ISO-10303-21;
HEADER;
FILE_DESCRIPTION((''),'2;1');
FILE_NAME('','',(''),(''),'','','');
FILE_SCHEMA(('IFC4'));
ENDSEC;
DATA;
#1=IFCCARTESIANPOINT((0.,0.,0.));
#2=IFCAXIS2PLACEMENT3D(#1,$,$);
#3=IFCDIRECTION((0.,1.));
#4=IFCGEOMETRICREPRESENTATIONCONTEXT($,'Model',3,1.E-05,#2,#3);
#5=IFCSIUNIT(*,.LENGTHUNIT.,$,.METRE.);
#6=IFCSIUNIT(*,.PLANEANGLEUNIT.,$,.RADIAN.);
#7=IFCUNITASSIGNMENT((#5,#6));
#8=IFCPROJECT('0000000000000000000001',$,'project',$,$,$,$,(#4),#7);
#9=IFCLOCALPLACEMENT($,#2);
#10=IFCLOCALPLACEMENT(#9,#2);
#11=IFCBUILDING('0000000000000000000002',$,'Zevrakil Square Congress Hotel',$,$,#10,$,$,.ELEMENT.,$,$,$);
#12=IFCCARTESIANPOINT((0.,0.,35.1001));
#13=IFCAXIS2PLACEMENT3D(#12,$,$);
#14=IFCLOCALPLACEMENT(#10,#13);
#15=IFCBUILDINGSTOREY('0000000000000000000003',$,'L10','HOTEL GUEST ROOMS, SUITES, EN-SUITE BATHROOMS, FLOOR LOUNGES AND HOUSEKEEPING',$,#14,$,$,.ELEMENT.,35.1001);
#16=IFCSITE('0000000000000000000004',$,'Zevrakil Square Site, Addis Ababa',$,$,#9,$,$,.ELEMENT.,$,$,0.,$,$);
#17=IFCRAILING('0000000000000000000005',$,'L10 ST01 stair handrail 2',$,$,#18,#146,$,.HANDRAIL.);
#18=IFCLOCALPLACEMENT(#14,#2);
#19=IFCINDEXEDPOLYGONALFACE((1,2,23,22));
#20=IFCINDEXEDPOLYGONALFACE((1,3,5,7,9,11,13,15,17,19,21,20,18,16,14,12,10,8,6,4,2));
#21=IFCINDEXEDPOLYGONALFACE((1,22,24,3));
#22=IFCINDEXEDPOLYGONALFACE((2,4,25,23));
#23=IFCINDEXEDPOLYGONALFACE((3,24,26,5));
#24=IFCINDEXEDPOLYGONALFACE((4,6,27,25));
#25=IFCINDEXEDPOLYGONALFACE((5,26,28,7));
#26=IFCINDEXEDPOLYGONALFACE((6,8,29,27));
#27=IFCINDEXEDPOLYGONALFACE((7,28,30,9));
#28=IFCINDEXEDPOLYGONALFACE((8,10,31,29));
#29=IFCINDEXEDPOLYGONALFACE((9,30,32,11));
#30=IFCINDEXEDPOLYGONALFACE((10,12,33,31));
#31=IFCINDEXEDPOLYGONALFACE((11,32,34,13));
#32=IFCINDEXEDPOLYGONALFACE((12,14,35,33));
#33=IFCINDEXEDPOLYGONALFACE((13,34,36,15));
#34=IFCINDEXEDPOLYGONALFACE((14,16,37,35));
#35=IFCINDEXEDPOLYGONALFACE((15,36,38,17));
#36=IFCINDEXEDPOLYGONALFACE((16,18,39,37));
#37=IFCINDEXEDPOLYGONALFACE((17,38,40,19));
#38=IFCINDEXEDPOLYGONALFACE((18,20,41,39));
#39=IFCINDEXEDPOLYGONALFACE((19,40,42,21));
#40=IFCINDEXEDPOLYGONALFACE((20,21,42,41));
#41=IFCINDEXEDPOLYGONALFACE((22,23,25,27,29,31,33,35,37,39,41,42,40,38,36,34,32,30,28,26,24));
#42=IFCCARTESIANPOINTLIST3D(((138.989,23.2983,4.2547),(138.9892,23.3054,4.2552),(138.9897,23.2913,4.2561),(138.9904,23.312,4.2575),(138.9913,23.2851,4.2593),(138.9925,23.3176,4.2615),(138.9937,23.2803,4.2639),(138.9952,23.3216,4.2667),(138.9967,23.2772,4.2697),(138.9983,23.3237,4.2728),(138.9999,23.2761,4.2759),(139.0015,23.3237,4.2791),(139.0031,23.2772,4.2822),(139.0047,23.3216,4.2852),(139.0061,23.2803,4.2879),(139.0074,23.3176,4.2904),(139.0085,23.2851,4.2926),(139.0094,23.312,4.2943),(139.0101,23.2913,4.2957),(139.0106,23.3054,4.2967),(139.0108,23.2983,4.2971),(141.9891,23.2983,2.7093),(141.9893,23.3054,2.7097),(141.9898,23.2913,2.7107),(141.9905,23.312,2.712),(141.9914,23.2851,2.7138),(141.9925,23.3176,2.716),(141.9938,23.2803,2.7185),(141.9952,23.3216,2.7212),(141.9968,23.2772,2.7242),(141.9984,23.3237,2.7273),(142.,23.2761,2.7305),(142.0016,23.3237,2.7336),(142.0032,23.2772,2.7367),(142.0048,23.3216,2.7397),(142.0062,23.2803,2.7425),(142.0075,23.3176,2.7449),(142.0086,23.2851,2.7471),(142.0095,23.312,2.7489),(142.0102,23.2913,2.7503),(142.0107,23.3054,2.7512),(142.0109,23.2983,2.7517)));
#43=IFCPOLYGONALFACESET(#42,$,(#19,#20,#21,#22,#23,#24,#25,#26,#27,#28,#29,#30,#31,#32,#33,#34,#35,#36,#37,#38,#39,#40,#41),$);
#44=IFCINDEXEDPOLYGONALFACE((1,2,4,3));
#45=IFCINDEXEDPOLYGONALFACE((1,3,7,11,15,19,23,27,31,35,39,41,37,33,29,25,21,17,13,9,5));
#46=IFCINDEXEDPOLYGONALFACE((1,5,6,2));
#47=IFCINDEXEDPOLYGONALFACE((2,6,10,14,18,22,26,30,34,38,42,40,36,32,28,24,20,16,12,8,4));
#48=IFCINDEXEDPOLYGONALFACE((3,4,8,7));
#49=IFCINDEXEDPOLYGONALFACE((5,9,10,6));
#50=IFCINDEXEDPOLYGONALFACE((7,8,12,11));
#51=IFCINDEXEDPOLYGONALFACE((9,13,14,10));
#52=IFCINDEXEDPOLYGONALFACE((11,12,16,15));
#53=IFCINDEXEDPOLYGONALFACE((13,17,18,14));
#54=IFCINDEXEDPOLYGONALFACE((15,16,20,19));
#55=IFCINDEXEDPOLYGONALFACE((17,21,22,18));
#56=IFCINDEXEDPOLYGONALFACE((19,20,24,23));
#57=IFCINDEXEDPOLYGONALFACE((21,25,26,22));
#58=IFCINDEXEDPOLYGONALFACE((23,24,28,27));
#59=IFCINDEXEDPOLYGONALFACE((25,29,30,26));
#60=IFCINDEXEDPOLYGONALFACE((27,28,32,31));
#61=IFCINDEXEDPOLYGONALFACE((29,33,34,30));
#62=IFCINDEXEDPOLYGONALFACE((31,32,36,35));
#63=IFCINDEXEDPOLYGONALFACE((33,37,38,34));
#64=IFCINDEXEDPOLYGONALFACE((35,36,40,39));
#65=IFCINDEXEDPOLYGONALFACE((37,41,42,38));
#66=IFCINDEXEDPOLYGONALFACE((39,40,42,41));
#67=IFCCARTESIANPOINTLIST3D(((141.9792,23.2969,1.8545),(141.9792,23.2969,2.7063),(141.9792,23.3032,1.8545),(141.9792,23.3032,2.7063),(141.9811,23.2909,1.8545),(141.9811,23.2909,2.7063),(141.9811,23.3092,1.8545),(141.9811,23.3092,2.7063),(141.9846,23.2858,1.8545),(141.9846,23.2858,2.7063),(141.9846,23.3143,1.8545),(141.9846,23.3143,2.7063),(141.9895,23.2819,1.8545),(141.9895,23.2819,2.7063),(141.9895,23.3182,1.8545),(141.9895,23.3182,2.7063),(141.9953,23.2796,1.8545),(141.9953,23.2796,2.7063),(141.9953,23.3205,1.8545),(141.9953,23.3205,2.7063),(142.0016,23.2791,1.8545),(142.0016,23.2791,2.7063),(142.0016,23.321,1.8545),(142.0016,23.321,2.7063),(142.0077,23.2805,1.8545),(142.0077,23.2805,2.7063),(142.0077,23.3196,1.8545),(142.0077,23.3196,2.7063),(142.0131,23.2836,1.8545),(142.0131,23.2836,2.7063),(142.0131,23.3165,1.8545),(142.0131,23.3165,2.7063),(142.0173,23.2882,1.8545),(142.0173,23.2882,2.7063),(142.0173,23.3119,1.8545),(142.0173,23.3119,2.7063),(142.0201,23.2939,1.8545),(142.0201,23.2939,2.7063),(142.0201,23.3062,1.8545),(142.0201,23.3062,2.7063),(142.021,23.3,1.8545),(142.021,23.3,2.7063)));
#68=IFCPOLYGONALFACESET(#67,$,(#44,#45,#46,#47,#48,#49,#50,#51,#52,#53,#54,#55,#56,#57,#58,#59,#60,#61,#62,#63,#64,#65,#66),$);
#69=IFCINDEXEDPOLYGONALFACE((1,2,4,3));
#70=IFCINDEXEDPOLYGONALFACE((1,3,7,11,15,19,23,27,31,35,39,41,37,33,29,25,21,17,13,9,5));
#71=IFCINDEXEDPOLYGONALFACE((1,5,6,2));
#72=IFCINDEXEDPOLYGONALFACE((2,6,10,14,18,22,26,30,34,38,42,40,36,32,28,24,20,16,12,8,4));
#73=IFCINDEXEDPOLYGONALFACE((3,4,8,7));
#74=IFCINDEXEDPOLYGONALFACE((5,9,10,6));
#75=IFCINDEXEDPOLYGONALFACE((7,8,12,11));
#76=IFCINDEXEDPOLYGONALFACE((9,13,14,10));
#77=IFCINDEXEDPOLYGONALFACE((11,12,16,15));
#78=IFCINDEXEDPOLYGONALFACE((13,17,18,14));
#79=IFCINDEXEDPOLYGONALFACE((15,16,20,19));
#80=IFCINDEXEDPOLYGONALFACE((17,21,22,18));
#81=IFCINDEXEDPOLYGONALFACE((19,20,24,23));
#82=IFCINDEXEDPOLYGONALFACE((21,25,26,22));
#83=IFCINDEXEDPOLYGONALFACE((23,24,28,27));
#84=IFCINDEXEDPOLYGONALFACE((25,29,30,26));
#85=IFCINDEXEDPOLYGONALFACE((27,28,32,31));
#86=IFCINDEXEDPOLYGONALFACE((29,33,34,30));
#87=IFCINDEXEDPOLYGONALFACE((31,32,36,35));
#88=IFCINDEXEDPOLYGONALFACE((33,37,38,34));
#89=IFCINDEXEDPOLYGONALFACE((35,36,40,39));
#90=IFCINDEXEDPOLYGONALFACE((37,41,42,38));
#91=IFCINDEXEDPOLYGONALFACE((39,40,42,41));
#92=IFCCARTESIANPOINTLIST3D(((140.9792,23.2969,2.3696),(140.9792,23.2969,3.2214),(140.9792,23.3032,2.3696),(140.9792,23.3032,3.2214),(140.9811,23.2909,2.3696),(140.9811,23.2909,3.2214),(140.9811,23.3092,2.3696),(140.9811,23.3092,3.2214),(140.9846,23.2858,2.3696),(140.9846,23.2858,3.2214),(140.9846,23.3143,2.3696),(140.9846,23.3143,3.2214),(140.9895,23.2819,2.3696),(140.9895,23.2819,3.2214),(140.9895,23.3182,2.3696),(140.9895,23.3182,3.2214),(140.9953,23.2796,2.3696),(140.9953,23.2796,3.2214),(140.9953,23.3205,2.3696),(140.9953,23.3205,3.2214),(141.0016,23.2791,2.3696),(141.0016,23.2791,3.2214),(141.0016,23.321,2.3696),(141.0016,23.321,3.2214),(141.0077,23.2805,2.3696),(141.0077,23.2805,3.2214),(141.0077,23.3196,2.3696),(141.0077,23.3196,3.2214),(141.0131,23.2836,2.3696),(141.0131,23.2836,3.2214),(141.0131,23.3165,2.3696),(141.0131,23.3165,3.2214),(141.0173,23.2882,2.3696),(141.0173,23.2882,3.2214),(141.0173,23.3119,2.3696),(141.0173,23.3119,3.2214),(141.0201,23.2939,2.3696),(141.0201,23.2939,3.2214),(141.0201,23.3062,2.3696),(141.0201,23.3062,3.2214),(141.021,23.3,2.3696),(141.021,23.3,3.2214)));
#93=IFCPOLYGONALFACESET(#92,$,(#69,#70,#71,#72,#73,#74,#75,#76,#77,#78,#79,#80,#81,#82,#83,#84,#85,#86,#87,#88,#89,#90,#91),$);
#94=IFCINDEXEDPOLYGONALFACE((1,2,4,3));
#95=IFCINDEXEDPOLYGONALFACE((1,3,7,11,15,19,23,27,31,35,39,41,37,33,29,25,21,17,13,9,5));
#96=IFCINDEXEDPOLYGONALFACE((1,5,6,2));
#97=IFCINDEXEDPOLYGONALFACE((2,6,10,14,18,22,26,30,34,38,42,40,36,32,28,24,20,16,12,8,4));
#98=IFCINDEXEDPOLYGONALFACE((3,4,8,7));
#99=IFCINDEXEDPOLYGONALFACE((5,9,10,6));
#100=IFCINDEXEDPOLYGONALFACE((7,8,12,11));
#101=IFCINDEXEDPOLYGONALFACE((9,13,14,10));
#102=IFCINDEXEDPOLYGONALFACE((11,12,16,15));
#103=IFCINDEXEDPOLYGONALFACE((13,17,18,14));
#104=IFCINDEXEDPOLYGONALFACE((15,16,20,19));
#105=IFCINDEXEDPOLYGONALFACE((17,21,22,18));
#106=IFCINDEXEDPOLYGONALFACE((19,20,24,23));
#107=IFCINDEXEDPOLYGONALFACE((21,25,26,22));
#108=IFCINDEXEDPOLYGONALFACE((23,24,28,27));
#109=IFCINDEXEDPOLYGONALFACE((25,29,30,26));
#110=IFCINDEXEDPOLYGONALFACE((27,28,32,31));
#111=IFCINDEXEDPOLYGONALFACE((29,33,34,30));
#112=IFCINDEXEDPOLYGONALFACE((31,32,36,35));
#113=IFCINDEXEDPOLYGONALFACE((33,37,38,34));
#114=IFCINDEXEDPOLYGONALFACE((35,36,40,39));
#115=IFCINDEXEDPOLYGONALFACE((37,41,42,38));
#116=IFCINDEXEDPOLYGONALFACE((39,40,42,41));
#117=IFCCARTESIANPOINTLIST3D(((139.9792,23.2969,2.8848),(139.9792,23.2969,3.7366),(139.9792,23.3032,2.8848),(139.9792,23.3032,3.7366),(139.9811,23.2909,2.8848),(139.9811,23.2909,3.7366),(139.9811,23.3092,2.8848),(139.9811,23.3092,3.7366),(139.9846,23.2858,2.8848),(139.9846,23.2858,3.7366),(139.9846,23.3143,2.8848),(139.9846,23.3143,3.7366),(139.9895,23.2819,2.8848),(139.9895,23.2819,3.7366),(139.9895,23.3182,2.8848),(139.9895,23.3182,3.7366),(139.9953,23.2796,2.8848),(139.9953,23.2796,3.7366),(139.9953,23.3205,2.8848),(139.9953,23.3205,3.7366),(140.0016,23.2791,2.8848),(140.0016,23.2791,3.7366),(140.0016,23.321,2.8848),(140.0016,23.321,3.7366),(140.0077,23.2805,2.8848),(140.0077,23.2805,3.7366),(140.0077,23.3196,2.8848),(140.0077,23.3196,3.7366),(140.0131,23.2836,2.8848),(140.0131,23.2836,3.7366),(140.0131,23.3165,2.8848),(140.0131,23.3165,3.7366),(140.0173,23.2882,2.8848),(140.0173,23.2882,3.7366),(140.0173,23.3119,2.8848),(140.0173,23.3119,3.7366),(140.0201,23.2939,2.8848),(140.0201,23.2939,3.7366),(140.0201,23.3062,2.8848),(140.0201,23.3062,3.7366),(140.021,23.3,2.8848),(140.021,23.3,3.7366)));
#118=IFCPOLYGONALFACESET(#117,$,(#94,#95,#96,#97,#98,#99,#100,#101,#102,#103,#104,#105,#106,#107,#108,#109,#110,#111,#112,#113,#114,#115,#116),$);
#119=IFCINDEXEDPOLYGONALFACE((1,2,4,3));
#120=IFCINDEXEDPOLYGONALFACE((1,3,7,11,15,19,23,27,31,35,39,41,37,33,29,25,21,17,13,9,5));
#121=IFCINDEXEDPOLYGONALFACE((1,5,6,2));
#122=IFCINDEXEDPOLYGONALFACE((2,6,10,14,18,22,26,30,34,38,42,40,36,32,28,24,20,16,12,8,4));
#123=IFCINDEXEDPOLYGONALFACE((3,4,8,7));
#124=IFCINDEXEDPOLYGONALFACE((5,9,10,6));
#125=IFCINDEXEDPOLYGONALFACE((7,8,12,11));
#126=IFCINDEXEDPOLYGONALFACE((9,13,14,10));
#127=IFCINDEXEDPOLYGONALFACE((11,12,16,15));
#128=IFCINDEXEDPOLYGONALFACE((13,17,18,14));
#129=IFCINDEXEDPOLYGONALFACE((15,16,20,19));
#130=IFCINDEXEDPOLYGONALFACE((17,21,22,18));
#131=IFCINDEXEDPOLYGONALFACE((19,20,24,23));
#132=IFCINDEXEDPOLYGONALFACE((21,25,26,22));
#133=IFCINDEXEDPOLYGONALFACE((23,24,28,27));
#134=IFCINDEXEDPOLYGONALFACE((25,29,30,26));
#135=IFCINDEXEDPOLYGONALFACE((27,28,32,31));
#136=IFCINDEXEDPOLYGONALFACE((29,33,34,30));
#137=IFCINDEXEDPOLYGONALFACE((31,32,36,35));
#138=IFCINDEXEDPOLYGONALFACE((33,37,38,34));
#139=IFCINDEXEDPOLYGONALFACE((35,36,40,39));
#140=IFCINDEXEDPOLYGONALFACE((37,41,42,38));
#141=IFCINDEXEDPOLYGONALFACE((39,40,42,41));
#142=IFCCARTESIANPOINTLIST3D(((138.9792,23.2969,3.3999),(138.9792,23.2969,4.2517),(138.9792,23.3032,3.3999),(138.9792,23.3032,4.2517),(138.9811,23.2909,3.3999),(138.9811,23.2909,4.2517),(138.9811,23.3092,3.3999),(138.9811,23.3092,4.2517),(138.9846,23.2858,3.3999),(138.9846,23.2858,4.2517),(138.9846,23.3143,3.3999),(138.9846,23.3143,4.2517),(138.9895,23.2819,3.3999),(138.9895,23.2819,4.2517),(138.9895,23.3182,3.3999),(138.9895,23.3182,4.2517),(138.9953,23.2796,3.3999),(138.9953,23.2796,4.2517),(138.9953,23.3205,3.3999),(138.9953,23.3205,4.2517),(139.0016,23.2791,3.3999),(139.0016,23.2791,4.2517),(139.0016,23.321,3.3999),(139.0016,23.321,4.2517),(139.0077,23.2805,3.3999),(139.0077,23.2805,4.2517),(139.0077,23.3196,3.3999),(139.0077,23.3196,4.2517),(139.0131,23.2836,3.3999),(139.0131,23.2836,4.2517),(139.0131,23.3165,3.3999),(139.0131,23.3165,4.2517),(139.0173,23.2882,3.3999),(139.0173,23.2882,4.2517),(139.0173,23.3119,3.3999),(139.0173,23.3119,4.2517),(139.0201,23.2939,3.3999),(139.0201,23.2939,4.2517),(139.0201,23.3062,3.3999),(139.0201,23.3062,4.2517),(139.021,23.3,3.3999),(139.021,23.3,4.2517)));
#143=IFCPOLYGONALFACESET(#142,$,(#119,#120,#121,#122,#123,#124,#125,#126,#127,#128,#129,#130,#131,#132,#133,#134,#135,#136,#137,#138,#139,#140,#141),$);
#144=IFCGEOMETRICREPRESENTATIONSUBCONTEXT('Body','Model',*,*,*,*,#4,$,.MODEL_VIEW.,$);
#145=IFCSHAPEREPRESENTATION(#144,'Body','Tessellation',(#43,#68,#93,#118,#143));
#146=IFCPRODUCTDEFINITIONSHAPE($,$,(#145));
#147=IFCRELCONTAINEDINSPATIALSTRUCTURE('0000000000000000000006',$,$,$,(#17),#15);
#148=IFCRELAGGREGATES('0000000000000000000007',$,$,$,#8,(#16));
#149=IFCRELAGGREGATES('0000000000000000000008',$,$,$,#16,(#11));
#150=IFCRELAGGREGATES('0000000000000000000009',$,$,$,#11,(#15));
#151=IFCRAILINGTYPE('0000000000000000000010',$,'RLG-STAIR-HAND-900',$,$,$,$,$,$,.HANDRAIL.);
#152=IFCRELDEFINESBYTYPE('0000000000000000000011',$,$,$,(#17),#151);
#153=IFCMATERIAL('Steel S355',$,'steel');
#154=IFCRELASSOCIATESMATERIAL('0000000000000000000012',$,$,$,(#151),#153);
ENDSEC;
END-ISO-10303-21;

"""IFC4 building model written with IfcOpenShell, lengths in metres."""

from ifc_helpers import new_model, si_unit, direction, frame, origin, origin_2d, place, context, subcontext, project, spatial, circle, extrude, material, type_object, element, save


model = new_model("IFC4")

# Units and contexts
model_context = context("Model", 3, precision=1e-05, world=origin(), true_north=direction((0.0, 1.0)))
body_context = subcontext(model_context, "Body", "Model", "MODEL_VIEW")
ifc_project = project(units=[si_unit("LENGTHUNIT", "METRE"), si_unit("PLANEANGLEUNIT", "RADIAN")], contexts=[model_context])

# Site, building, storey
site_placement = place(None, origin())
site = spatial("IfcSite", under=ifc_project, at=site_placement, Name="Zevrakil Square Site, Addis Ababa", CompositionType="ELEMENT", RefElevation=0.0)
building_placement = place(site_placement, origin())
building = spatial("IfcBuilding", under=site, at=building_placement, Name="Zevrakil Square Congress Hotel", CompositionType="ELEMENT")
storey_placement = place(building_placement, frame((0.0, 0.0, 35.1001)))
storey = spatial("IfcBuildingStorey", under=building, at=storey_placement, Name="L10", Description="HOTEL GUEST ROOMS, SUITES, EN-SUITE BATHROOMS, FLOOR LOUNGES AND HOUSEKEEPING", CompositionType="ELEMENT", Elevation=35.1001)

# Railing
ifc_material_1 = material(Name="Steel S355", Category="steel")
railing_type_1 = type_object("IfcRailingType", Name="RLG-STAIR-HAND-900", PredefinedType="HANDRAIL", material=ifc_material_1)
railing_1_placement = place(storey_placement, frame((142.0, 23.3, 1.8545)))
element("IfcRailing", 1, at=railing_1_placement, inside=storey, type_object=railing_type_1, Name="L10 ST01 stair handrail 2", PredefinedType="HANDRAIL", context=body_context, shape_type="SweptSolid", body=[
    extrude(circle(Radius=0.0239, at=origin_2d()), frame((0.0, 0.0, 0.876), z_axis=(-0.88898, 0.0, 0.457946), x_axis=(0.0, -1.0, 0.0)), (0.0, 0.0, 1.0), 3.3748),
    extrude(circle(Radius=0.021, at=origin_2d()), origin(), (0.0, 0.0, 1.0), 0.8518),
    extrude(circle(Radius=0.021, at=origin_2d()), frame((-1.0, 0.0, 0.5151)), (0.0, 0.0, 1.0), 0.8518),
    extrude(circle(Radius=0.021, at=origin_2d()), frame((-2.0, 0.0, 1.0303)), (0.0, 0.0, 1.0), 0.8518),
    extrude(circle(Radius=0.021, at=origin_2d()), frame((-3.0, 0.0, 1.5454)), (0.0, 0.0, 1.0), 0.8518),
])

save(model, "model.ifc")
